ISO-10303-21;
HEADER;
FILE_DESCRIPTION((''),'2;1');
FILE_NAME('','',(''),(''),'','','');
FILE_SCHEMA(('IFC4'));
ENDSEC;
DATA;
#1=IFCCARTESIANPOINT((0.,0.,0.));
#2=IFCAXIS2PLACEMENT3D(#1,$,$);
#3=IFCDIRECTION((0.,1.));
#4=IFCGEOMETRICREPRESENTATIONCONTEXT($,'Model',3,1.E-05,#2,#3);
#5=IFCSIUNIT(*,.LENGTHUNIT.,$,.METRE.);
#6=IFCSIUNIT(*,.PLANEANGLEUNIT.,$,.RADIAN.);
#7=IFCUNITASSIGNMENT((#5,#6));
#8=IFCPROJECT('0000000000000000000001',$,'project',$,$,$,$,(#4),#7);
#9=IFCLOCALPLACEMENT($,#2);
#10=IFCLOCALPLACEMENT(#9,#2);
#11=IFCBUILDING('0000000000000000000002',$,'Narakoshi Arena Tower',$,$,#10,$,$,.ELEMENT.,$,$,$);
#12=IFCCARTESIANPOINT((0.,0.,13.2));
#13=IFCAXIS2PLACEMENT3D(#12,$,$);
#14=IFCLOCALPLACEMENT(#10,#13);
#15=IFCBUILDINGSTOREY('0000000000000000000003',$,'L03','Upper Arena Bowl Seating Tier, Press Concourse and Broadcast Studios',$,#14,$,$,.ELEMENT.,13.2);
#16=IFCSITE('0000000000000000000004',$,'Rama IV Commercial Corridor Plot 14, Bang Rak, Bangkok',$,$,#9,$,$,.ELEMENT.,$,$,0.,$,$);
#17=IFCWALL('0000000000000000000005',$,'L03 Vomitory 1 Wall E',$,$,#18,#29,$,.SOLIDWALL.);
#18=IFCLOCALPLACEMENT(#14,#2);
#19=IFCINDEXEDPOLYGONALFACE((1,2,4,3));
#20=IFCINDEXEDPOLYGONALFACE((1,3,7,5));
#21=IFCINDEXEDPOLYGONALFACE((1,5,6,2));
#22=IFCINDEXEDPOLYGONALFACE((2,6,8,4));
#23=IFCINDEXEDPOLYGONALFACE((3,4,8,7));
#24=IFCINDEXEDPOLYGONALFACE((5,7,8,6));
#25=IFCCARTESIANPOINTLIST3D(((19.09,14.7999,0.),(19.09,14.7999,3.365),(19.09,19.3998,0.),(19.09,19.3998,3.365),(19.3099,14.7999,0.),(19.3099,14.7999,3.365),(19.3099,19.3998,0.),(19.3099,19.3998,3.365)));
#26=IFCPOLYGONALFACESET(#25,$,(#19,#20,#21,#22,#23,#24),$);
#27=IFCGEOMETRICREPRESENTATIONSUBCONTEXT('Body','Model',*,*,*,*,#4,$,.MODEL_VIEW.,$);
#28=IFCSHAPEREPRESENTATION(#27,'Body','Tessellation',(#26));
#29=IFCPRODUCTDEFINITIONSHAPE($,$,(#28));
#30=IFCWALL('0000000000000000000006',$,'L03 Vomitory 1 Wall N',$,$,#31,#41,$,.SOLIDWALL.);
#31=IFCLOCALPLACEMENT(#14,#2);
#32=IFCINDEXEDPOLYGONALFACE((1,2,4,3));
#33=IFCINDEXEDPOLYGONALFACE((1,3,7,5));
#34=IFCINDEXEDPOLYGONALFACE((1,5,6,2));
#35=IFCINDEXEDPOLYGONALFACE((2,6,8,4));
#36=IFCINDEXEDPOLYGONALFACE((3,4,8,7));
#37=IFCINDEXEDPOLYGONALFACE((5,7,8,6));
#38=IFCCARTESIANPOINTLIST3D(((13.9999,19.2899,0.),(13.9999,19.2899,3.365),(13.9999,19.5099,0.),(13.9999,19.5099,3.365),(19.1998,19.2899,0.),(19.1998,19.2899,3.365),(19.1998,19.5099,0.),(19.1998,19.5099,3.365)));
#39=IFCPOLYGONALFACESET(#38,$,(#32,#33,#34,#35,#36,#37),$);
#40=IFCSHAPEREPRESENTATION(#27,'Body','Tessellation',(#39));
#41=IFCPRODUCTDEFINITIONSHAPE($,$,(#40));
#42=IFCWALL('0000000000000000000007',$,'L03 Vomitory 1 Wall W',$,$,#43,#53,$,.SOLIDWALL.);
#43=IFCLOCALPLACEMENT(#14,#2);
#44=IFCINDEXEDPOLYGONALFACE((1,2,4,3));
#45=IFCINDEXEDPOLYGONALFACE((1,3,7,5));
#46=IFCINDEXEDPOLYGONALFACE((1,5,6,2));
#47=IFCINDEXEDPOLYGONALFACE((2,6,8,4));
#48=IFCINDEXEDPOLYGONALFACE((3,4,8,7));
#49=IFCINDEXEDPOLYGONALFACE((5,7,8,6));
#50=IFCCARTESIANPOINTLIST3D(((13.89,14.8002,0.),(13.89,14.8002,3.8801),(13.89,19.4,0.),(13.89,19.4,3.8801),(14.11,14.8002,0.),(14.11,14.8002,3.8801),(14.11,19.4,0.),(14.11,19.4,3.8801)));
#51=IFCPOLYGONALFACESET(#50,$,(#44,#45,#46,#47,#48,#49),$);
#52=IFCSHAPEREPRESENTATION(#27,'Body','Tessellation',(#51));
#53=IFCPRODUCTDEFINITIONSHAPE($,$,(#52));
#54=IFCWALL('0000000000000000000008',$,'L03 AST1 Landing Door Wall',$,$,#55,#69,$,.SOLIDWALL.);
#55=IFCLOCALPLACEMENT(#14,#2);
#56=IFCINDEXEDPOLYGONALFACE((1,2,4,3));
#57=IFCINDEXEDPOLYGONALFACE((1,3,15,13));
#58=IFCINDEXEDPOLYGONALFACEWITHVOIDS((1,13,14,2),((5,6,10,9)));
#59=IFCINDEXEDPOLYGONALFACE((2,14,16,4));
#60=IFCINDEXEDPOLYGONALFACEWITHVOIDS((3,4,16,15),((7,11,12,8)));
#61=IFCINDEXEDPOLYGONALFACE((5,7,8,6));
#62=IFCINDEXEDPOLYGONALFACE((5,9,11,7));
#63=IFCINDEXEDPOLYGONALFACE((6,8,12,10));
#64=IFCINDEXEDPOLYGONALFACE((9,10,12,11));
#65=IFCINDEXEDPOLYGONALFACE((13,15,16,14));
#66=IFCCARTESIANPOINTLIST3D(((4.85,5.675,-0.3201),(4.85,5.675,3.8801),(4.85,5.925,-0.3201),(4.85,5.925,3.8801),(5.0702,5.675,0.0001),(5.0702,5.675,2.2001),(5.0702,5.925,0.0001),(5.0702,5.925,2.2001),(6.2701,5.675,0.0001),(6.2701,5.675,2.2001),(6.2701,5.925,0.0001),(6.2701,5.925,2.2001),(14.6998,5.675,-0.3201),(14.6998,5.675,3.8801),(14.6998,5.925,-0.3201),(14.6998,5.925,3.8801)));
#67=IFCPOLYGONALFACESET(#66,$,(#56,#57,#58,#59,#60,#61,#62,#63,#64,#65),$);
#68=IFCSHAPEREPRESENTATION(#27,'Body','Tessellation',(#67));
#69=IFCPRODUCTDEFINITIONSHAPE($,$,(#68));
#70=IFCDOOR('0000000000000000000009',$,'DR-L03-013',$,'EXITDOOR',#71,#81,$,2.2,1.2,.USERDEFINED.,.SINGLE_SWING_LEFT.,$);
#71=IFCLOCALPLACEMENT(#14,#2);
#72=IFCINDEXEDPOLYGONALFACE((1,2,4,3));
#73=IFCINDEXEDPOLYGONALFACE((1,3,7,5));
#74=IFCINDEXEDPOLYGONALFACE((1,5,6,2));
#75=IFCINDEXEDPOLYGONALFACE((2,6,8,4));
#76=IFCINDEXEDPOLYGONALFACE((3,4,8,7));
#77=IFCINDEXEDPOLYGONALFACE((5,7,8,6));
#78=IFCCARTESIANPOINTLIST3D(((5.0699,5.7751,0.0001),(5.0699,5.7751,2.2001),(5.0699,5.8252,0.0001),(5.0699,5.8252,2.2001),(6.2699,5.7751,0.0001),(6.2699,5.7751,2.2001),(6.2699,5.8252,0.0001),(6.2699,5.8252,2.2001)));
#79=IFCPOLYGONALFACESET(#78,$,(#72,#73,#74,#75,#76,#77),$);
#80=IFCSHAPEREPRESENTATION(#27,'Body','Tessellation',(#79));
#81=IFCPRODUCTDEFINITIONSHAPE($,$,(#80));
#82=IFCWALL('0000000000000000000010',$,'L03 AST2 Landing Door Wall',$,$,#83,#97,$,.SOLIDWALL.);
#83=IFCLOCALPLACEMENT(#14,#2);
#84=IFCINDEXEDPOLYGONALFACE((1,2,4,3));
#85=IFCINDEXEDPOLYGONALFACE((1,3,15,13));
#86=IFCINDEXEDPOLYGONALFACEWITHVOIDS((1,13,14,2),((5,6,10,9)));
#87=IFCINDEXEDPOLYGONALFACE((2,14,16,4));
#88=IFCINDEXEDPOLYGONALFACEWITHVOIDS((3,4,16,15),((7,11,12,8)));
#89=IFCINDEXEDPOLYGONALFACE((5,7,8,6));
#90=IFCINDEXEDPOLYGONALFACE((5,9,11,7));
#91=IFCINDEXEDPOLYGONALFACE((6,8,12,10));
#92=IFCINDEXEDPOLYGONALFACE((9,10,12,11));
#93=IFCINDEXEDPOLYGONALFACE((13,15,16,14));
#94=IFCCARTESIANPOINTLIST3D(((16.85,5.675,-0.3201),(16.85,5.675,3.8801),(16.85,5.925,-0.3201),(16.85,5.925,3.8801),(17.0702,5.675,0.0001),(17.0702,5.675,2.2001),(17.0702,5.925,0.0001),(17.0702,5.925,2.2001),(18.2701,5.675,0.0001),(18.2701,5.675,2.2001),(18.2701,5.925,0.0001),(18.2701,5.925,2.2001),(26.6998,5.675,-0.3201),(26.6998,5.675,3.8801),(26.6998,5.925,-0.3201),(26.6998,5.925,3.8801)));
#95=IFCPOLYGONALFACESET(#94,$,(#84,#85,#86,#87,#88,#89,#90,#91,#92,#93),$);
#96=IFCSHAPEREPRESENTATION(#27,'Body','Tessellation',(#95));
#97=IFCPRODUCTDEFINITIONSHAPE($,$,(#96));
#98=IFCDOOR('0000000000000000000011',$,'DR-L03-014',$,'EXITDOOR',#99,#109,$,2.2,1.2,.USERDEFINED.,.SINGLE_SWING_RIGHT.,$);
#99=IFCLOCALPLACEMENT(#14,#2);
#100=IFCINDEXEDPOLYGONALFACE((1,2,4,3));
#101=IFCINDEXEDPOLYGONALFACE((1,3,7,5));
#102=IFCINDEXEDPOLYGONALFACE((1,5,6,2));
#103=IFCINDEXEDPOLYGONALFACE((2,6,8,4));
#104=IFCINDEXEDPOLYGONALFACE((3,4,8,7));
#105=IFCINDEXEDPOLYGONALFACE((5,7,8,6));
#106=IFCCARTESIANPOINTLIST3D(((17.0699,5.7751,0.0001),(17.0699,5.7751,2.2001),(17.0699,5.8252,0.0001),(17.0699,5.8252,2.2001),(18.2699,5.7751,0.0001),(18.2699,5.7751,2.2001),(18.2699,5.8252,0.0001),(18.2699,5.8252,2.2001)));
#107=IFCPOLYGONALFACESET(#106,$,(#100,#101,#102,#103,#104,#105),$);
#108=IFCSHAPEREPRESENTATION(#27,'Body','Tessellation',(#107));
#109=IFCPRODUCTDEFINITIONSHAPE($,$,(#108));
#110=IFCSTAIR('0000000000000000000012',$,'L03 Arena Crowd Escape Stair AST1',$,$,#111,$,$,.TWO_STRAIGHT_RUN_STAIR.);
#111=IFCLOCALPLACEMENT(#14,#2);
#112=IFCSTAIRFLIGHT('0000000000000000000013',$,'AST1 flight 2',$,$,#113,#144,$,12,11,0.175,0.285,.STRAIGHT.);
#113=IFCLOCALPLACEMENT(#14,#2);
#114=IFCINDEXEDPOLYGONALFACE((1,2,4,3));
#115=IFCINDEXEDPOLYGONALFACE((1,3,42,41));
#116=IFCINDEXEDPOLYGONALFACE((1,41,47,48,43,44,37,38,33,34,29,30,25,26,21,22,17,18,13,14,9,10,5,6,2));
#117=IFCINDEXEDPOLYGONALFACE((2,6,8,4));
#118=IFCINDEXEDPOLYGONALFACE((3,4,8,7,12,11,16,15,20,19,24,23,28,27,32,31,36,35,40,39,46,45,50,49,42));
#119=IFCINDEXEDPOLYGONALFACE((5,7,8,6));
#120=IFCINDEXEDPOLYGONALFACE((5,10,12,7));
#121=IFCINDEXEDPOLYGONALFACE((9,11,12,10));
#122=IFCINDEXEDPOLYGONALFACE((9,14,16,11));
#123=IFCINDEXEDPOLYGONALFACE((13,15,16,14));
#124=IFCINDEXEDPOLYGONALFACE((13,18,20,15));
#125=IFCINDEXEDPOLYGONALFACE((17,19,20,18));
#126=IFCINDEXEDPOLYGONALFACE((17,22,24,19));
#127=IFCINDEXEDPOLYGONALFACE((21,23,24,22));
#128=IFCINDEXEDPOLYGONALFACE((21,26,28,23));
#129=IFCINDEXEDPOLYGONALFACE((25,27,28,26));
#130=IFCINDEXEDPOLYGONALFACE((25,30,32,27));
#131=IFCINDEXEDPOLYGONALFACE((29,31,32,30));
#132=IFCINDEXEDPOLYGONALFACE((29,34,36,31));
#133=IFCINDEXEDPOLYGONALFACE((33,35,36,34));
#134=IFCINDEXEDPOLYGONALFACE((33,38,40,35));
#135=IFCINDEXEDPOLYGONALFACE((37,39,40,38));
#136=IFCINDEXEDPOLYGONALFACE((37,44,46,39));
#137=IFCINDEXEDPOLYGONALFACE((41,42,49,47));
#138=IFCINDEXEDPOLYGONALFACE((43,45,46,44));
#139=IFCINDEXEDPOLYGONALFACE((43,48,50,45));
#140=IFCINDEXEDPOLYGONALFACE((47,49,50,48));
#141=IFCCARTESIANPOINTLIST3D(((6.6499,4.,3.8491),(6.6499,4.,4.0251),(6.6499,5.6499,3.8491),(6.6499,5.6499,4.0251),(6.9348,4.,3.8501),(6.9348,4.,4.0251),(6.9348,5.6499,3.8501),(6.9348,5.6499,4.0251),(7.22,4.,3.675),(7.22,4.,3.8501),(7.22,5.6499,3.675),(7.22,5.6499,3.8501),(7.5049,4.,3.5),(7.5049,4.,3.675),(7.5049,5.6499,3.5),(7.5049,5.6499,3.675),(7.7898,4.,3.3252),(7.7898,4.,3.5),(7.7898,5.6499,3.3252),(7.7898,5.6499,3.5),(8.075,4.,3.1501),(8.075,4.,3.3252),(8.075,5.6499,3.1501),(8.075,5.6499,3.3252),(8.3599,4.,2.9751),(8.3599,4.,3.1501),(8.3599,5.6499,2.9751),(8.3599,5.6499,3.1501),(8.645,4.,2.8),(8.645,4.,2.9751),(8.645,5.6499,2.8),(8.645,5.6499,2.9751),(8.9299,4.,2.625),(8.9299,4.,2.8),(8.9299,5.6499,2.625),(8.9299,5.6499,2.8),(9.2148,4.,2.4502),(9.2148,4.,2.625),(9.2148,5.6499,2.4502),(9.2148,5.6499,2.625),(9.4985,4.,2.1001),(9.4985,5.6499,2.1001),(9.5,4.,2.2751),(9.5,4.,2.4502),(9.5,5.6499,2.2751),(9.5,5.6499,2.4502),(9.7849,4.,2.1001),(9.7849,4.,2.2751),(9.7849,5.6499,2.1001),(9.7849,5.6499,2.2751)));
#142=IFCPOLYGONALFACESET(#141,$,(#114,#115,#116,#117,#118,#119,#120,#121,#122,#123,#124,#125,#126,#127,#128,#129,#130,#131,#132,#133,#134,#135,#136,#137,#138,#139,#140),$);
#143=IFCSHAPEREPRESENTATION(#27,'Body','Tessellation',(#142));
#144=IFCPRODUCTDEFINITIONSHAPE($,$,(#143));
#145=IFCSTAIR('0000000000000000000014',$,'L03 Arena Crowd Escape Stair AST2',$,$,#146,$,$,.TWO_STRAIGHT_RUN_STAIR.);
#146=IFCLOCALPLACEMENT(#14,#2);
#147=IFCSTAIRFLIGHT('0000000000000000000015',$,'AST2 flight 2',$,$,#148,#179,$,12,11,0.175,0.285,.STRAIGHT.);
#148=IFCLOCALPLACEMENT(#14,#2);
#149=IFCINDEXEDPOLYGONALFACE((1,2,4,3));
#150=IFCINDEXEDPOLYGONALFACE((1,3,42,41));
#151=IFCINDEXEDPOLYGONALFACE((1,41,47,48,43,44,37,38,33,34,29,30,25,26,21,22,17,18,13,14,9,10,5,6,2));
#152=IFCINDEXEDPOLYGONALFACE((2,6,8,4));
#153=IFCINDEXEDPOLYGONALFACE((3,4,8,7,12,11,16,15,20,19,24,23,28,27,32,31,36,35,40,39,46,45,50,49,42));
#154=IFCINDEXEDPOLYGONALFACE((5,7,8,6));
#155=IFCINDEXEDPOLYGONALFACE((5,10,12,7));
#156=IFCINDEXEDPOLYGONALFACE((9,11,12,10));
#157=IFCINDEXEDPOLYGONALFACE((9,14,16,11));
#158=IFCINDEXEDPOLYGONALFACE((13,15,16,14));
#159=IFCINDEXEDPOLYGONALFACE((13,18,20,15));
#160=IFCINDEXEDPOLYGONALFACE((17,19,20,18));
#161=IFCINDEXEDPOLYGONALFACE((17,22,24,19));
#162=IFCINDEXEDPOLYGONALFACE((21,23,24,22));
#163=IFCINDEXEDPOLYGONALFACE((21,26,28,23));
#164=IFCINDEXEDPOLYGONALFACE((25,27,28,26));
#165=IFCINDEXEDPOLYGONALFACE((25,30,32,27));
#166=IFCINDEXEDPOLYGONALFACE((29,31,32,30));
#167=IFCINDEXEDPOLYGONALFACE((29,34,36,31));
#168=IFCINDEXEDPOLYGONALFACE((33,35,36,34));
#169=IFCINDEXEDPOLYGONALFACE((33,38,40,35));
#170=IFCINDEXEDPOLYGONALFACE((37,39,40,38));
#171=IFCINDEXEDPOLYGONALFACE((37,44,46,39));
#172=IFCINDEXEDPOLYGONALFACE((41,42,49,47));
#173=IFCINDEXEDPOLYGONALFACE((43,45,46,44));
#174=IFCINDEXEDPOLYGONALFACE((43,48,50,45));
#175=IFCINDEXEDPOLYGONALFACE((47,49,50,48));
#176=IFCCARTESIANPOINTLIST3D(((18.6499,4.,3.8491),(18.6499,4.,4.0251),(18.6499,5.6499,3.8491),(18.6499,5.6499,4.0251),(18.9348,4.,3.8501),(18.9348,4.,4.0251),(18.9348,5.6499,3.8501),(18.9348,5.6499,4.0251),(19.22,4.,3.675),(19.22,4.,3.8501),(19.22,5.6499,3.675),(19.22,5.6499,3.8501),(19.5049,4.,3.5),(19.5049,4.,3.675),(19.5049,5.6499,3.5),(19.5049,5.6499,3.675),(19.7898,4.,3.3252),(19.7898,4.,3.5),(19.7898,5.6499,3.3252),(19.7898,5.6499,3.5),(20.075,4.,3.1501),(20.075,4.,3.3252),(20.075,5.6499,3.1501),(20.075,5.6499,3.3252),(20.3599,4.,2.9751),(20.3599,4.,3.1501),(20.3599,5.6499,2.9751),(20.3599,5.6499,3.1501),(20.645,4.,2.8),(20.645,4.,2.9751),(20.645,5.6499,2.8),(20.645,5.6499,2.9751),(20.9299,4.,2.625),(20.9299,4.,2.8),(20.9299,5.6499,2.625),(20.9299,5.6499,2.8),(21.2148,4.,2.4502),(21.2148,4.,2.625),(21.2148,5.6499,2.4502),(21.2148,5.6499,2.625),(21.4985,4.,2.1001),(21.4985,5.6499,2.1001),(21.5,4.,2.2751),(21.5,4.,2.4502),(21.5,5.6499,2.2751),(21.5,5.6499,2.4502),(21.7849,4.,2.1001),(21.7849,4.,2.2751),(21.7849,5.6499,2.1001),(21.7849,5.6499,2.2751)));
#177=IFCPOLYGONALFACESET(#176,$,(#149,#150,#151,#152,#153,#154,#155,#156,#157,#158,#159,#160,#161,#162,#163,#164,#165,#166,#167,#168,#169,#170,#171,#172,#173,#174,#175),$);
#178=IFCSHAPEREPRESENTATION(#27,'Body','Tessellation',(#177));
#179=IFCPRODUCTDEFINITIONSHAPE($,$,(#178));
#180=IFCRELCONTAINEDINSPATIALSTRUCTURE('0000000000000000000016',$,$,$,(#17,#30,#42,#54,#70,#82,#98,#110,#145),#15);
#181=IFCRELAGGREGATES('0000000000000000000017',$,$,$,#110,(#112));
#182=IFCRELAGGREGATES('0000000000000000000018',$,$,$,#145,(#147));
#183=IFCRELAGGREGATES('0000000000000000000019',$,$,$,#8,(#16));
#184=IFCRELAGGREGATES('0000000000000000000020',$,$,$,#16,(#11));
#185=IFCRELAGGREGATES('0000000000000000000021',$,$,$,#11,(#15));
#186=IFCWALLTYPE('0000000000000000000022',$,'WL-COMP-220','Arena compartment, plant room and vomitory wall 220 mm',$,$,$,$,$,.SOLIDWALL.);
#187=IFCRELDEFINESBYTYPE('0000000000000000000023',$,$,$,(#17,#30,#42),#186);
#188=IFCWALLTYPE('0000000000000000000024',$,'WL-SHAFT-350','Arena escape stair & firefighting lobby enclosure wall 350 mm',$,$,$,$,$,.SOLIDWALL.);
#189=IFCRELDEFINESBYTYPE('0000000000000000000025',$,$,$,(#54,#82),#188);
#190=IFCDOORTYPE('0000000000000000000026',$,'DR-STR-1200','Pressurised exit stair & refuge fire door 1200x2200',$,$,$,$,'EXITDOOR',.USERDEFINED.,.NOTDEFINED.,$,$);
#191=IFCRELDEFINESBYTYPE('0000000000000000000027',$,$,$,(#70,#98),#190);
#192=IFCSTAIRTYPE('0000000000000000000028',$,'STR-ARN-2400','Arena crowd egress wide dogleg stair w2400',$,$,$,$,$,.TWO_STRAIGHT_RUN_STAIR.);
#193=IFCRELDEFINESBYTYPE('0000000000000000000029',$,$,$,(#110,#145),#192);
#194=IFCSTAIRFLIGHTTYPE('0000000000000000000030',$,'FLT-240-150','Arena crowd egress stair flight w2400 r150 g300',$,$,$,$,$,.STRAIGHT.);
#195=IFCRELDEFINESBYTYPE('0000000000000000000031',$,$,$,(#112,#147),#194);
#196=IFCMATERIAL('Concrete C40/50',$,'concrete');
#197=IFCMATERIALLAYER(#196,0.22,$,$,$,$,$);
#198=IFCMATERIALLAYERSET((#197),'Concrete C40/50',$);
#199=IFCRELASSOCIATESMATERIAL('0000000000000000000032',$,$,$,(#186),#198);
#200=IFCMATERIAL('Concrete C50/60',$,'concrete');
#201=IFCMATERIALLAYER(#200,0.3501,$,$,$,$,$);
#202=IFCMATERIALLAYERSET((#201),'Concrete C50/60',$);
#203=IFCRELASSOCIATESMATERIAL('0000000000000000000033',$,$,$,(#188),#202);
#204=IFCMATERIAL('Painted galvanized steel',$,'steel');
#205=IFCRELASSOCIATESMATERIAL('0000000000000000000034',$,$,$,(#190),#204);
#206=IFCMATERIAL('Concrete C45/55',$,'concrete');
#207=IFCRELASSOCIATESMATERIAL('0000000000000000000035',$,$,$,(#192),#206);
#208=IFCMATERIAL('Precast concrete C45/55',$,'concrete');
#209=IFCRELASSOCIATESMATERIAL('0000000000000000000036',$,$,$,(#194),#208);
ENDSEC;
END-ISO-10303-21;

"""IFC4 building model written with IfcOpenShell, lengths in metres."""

from ifc_helpers import new_model, si_unit, direction, frame, frame_2d, origin, place, context, subcontext, project, spatial, polyline, rectangle, outline, extrude, material, layer, layer_set, type_object, element, fill, aggregate, save


model = new_model("IFC4")

# Units and contexts
model_context = context("Model", 3, precision=1e-05, world=origin(), true_north=direction((0.0, 1.0)))
body_context = subcontext(model_context, "Body", "Model", "MODEL_VIEW")
ifc_project = project(units=[si_unit("LENGTHUNIT", "METRE"), si_unit("PLANEANGLEUNIT", "RADIAN")], contexts=[model_context])

# Site, building, storey
site_placement = place(None, origin())
site = spatial("IfcSite", under=ifc_project, at=site_placement, Name="Rama IV Commercial Corridor Plot 14, Bang Rak, Bangkok", CompositionType="ELEMENT", RefElevation=0.0)
building_placement = place(site_placement, origin())
building = spatial("IfcBuilding", under=site, at=building_placement, Name="Narakoshi Arena Tower", CompositionType="ELEMENT")
storey_placement = place(building_placement, frame((0.0, 0.0, 13.2)))
storey = spatial("IfcBuildingStorey", under=building, at=storey_placement, Name="L03", Description="Upper Arena Bowl Seating Tier, Press Concourse and Broadcast Studios", CompositionType="ELEMENT", Elevation=13.2)

# Shared definitions
ifc_material_1 = material(Name="Concrete C40/50", Category="concrete")
ifc_layer_1 = layer(ifc_material_1, 0.22)
ifc_layer_set_1 = layer_set([ifc_layer_1], Name="Concrete C40/50")
wall_type_1 = type_object("IfcWallType", Name="WL-COMP-220", Description="Arena compartment, plant room and vomitory wall 220 mm", PredefinedType="SOLIDWALL", material=ifc_layer_set_1)
ifc_material_2 = material(Name="Painted galvanized steel", Category="steel")

# Walls
wall_1_placement = place(storey_placement, frame((19.2, 14.8, 0.0), z_axis=(0.0, 0.0, 1.0), x_axis=(0.0, 1.0, 0.0)))
element("IfcWall", 1, at=wall_1_placement, inside=storey, type_object=wall_type_1, Name="L03 Vomitory 1 Wall E", PredefinedType="SOLIDWALL", context=body_context, shape_type="SweptSolid", body=[
    extrude(rectangle(XDim=4.5999, YDim=0.22, at=frame_2d((2.2998, 0.0))), origin(), (0.0, 0.0, 1.0), 3.365),
])
wall_2_placement = place(storey_placement, frame((19.2, 19.3999, 0.0), z_axis=(0.0, 0.0, 1.0), x_axis=(-1.0, 0.0, 0.0)))
element("IfcWall", 2, at=wall_2_placement, inside=storey, type_object=wall_type_1, Name="L03 Vomitory 1 Wall N", PredefinedType="SOLIDWALL", context=body_context, shape_type="SweptSolid", body=[
    extrude(rectangle(XDim=5.2, YDim=0.22, at=frame_2d((2.6001, 0.0))), origin(), (0.0, 0.0, 1.0), 3.365),
])
wall_3_placement = place(storey_placement, frame((14.0, 19.3999, 0.0), z_axis=(0.0, 0.0, 1.0), x_axis=(0.0, -1.0, 0.0)))
element("IfcWall", 3, at=wall_3_placement, inside=storey, type_object=wall_type_1, Name="L03 Vomitory 1 Wall W", PredefinedType="SOLIDWALL", context=body_context, shape_type="SweptSolid", body=[
    extrude(rectangle(XDim=4.5999, YDim=0.22, at=frame_2d((2.2998, 0.0))), origin(), (0.0, 0.0, 1.0), 3.8801),
])

# Walls, openings, doors
ifc_material_3 = material(Name="Concrete C50/60", Category="concrete")
ifc_layer_2 = layer(ifc_material_3, 0.3501)
ifc_layer_set_2 = layer_set([ifc_layer_2], Name="Concrete C50/60")
wall_type_2 = type_object("IfcWallType", Name="WL-SHAFT-350", Description="Arena escape stair & firefighting lobby enclosure wall 350 mm", PredefinedType="SOLIDWALL", material=ifc_layer_set_2)
wall_4_placement = place(storey_placement, frame((4.8501, 5.8, -0.3201), z_axis=(0.0, 0.0, 1.0), x_axis=(1.0, 0.0, 0.0)))
wall_4 = element("IfcWall", 4, at=wall_4_placement, inside=storey, type_object=wall_type_2, Name="L03 AST1 Landing Door Wall", PredefinedType="SOLIDWALL", context=body_context, shape_type="SweptSolid", body=[
    extrude(rectangle(XDim=9.8499, YDim=0.25, at=frame_2d((4.9248, 0.0))), origin(), (0.0, 0.0, 1.0), 4.2002),
])
opening_1_placement = place(wall_4_placement, frame((0.22, 0.0, 0.3201)))
opening_1 = element("IfcOpeningElement", 5, at=opening_1_placement, cuts=wall_4, PredefinedType="OPENING", context=body_context, shape_type="SweptSolid", body=[
    extrude(rectangle(XDim=1.2, YDim=2.2, at=frame_2d((0.6001, 1.1001))), frame((0.0, 0.135, 0.0), z_axis=(0.0, -1.0, 0.0), x_axis=(1.0, 0.0, 0.0)), (0.0, 0.0, 1.0), 0.27),
])
door_type_1 = type_object("IfcDoorType", Name="DR-STR-1200", Description="Pressurised exit stair & refuge fire door 1200x2200", ElementType="EXITDOOR", OperationType="NOTDEFINED", PredefinedType="USERDEFINED", material=ifc_material_2)
door_1_placement = place(opening_1_placement, frame((1.2, 0.0, 0.0), z_axis=(0.0, 0.0, 1.0), x_axis=(-1.0, 0.0, 0.0)))
door_1 = element("IfcDoor", 6, at=door_1_placement, inside=storey, type_object=door_type_1, Name="DR-L03-013", ObjectType="EXITDOOR", OperationType="SINGLE_SWING_LEFT", OverallHeight=2.2, OverallWidth=1.2, PredefinedType="USERDEFINED", context=body_context, shape_type="SweptSolid", body=[
    extrude(rectangle(XDim=1.2, YDim=2.2, at=frame_2d((0.6001, 1.1001))), frame((0.0, 0.0249, 0.0), z_axis=(0.0, -1.0, 0.0), x_axis=(1.0, 0.0, 0.0)), (0.0, 0.0, 1.0), 0.05),
])
fill(opening_1, door_1)
wall_5_placement = place(storey_placement, frame((16.8501, 5.8, -0.3201), z_axis=(0.0, 0.0, 1.0), x_axis=(1.0, 0.0, 0.0)))
wall_5 = element("IfcWall", 7, at=wall_5_placement, inside=storey, type_object=wall_type_2, Name="L03 AST2 Landing Door Wall", PredefinedType="SOLIDWALL", context=body_context, shape_type="SweptSolid", body=[
    extrude(rectangle(XDim=9.8499, YDim=0.25, at=frame_2d((4.9248, 0.0))), origin(), (0.0, 0.0, 1.0), 4.2002),
])
opening_2_placement = place(wall_5_placement, frame((0.22, 0.0, 0.3201)))
opening_2 = element("IfcOpeningElement", 8, at=opening_2_placement, cuts=wall_5, PredefinedType="OPENING", context=body_context, shape_type="SweptSolid", body=[
    extrude(rectangle(XDim=1.2, YDim=2.2, at=frame_2d((0.6001, 1.1001))), frame((0.0, 0.135, 0.0), z_axis=(0.0, -1.0, 0.0), x_axis=(1.0, 0.0, 0.0)), (0.0, 0.0, 1.0), 0.27),
])
door_2_placement = place(opening_2_placement, frame((1.2, 0.0, 0.0), z_axis=(0.0, 0.0, 1.0), x_axis=(-1.0, 0.0, 0.0)))
door_2 = element("IfcDoor", 9, at=door_2_placement, inside=storey, type_object=door_type_1, Name="DR-L03-014", ObjectType="EXITDOOR", OperationType="SINGLE_SWING_RIGHT", OverallHeight=2.2, OverallWidth=1.2, PredefinedType="USERDEFINED", context=body_context, shape_type="SweptSolid", body=[
    extrude(rectangle(XDim=1.2, YDim=2.2, at=frame_2d((0.6001, 1.1001))), frame((0.0, 0.0249, 0.0), z_axis=(0.0, -1.0, 0.0), x_axis=(1.0, 0.0, 0.0)), (0.0, 0.0, 1.0), 0.05),
])
fill(opening_2, door_2)

# Stairs, stair flights
ifc_material_4 = material(Name="Concrete C45/55", Category="concrete")
stair_type = type_object("IfcStairType", Name="STR-ARN-2400", Description="Arena crowd egress wide dogleg stair w2400", PredefinedType="TWO_STRAIGHT_RUN_STAIR", material=ifc_material_4)
stair_1_placement = place(storey_placement, origin())
stair_1 = element("IfcStair", 10, at=stair_1_placement, inside=storey, type_object=stair_type, Name="L03 Arena Crowd Escape Stair AST1", PredefinedType="TWO_STRAIGHT_RUN_STAIR")
ifc_material_5 = material(Name="Precast concrete C45/55", Category="concrete")
stair_flight_type = type_object("IfcStairFlightType", Name="FLT-240-150", Description="Arena crowd egress stair flight w2400 r150 g300", PredefinedType="STRAIGHT", material=ifc_material_5)
stair_flight_1_placement = place(storey_placement, frame((9.7849, 4.825, 2.1001), z_axis=(0.0, 0.0, 1.0), x_axis=(-1.0, 0.0, 0.0)))
stair_flight_1 = element("IfcStairFlight", 11, at=stair_flight_1_placement, type_object=stair_flight_type, Name="AST1 flight 2", NumberOfRisers=12, NumberOfTreads=11, PredefinedType="STRAIGHT", RiserHeight=0.175, TreadLength=0.285, context=body_context, shape_type="SweptSolid", body=[
    extrude(outline(polyline([(0.0, 0.0), (0.0, 0.175), (0.2849, 0.175), (0.2849, 0.3501), (0.5701, 0.3501), (0.5701, 0.5249), (0.855, 0.5249), (0.855, 0.7), (1.1399, 0.7), (1.1399, 0.875), (1.425, 0.875), (1.425, 1.05), (1.71, 1.05), (1.71, 1.2251), (1.9951, 1.2251), (1.9951, 1.3999), (2.28, 1.3999), (2.28, 1.575), (2.5649, 1.575), (2.5649, 1.75), (2.8501, 1.75), (2.8501, 1.925), (3.135, 1.925), (3.135, 2.1001), (3.135, 1.749), (0.2864, 0.0), (0.0, 0.0)])), frame((0.0, 0.825, 0.0), z_axis=(0.0, -1.0, 0.0), x_axis=(1.0, 0.0, 0.0)), (0.0, 0.0, 1.0), 1.6499),
])
aggregate(stair_1, [stair_flight_1])
stair_2_placement = place(storey_placement, origin())
stair_2 = element("IfcStair", 12, at=stair_2_placement, inside=storey, type_object=stair_type, Name="L03 Arena Crowd Escape Stair AST2", PredefinedType="TWO_STRAIGHT_RUN_STAIR")
stair_flight_2_placement = place(storey_placement, frame((21.7849, 4.825, 2.1001), z_axis=(0.0, 0.0, 1.0), x_axis=(-1.0, 0.0, 0.0)))
stair_flight_2 = element("IfcStairFlight", 13, at=stair_flight_2_placement, type_object=stair_flight_type, Name="AST2 flight 2", NumberOfRisers=12, NumberOfTreads=11, PredefinedType="STRAIGHT", RiserHeight=0.175, TreadLength=0.285, context=body_context, shape_type="SweptSolid", body=[
    extrude(outline(polyline([(0.0, 0.0), (0.0, 0.175), (0.2849, 0.175), (0.2849, 0.3501), (0.5701, 0.3501), (0.5701, 0.5249), (0.855, 0.5249), (0.855, 0.7), (1.1399, 0.7), (1.1399, 0.875), (1.425, 0.875), (1.425, 1.05), (1.71, 1.05), (1.71, 1.2251), (1.9951, 1.2251), (1.9951, 1.3999), (2.28, 1.3999), (2.28, 1.575), (2.5649, 1.575), (2.5649, 1.75), (2.8501, 1.75), (2.8501, 1.925), (3.135, 1.925), (3.135, 2.1001), (3.135, 1.749), (0.2864, 0.0), (0.0, 0.0)])), frame((0.0, 0.825, 0.0), z_axis=(0.0, -1.0, 0.0), x_axis=(1.0, 0.0, 0.0)), (0.0, 0.0, 1.0), 1.6499),
])
aggregate(stair_2, [stair_flight_2])

save(model, "model.ifc")
